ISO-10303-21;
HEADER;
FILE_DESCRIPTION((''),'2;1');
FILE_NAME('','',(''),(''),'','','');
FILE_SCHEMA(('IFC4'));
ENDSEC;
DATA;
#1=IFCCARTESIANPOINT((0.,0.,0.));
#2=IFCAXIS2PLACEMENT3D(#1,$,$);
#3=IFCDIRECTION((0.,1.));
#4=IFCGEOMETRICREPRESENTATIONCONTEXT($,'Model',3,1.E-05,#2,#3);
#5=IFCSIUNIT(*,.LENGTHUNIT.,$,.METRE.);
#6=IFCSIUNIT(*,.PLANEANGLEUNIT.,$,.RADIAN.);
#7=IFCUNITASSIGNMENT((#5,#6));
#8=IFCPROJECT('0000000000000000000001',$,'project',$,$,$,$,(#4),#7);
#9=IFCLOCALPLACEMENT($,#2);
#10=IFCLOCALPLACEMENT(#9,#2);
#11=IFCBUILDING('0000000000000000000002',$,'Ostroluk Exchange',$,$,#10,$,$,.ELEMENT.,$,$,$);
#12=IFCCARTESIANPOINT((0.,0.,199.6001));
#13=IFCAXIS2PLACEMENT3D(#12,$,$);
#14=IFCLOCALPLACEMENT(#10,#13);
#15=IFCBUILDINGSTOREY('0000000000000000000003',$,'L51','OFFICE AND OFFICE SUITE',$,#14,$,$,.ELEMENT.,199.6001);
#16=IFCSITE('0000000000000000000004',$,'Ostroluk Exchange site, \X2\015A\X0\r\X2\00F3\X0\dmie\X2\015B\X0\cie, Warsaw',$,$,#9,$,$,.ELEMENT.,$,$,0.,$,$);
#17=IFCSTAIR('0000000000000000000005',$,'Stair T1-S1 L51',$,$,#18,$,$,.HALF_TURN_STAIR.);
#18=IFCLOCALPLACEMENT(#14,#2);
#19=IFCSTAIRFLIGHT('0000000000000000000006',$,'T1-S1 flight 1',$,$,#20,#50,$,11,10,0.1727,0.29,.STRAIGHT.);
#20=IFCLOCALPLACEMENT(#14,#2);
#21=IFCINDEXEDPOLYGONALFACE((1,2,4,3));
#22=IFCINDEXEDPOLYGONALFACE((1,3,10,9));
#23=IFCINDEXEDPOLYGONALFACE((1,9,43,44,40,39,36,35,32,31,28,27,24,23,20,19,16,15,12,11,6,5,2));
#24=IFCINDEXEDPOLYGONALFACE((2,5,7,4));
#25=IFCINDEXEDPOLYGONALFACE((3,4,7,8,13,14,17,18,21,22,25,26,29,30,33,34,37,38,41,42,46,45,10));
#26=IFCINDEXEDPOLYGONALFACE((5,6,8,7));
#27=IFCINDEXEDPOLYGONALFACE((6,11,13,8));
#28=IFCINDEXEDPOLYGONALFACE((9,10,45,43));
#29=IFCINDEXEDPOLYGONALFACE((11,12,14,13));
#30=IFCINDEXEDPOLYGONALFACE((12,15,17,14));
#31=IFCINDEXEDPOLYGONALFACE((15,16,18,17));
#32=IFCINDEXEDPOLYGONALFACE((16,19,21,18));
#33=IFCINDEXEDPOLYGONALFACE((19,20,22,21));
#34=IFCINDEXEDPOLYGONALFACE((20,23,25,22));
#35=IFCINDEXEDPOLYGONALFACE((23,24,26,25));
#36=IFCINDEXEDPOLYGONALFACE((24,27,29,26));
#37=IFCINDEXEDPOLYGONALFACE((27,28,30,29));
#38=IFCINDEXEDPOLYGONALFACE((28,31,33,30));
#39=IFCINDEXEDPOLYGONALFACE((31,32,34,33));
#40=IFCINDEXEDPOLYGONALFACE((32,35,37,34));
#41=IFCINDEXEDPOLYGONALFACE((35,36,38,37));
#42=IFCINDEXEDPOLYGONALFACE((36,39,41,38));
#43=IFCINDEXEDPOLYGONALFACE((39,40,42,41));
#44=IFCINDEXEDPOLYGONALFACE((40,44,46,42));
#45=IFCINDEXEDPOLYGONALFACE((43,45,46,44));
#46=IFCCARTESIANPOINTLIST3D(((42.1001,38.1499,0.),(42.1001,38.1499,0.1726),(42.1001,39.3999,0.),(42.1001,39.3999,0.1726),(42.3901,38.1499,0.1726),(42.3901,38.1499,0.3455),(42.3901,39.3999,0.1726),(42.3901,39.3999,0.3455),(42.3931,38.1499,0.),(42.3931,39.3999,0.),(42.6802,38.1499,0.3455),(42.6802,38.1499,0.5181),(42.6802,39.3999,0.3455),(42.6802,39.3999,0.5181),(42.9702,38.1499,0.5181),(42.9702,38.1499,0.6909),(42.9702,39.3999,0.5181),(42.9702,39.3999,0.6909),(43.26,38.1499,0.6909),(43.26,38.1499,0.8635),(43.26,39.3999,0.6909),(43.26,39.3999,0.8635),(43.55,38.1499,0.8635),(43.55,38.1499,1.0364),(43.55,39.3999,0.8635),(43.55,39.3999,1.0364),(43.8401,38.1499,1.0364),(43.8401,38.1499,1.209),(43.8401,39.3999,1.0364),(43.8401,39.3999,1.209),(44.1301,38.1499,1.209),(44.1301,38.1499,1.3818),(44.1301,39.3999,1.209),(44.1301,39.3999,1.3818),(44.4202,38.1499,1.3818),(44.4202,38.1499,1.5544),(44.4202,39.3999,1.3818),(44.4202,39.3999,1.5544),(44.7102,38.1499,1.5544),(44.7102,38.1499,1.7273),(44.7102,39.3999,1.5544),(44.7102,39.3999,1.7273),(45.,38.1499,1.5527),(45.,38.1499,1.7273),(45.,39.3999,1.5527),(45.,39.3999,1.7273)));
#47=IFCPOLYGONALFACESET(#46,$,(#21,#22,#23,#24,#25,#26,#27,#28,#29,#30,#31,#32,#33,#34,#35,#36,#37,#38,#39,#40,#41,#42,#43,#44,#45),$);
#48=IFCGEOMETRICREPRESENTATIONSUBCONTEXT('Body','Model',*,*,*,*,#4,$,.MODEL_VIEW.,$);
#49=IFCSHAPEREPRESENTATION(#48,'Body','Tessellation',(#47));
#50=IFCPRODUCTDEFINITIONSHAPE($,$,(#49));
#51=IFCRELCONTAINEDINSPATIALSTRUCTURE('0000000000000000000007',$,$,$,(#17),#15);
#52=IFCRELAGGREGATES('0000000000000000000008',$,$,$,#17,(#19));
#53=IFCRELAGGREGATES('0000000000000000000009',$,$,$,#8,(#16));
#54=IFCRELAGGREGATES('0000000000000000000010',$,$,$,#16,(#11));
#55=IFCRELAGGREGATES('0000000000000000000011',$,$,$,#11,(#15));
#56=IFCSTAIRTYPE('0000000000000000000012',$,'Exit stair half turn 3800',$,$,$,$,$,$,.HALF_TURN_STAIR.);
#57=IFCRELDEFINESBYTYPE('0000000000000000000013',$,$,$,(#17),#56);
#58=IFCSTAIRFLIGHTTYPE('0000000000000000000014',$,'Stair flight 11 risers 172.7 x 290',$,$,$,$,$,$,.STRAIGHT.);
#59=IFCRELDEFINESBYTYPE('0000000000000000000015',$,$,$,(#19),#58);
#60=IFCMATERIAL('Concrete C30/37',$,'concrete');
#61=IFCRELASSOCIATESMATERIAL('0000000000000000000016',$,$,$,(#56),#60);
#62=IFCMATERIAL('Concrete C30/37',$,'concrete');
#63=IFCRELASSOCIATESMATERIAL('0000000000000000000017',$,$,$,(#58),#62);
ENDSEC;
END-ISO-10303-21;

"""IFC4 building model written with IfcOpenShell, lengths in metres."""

from ifc_helpers import new_model, si_unit, direction, frame, origin, place, context, subcontext, project, spatial, polyline, outline, extrude, material, type_object, element, aggregate, save


model = new_model("IFC4")

# Units and contexts
model_context = context("Model", 3, precision=1e-05, world=origin(), true_north=direction((0.0, 1.0)))
body_context = subcontext(model_context, "Body", "Model", "MODEL_VIEW")
ifc_project = project(units=[si_unit("LENGTHUNIT", "METRE"), si_unit("PLANEANGLEUNIT", "RADIAN")], contexts=[model_context])

# Site, building, storey
site_placement = place(None, origin())
site = spatial("IfcSite", under=ifc_project, at=site_placement, Name="Ostroluk Exchange site, Śródmieście, Warsaw", CompositionType="ELEMENT", RefElevation=0.0)
building_placement = place(site_placement, origin())
building = spatial("IfcBuilding", under=site, at=building_placement, Name="Ostroluk Exchange", CompositionType="ELEMENT")
storey_placement = place(building_placement, frame((0.0, 0.0, 199.6001)))
storey = spatial("IfcBuildingStorey", under=building, at=storey_placement, Name="L51", Description="OFFICE AND OFFICE SUITE", CompositionType="ELEMENT", Elevation=199.6001)

# Stair, stair flight
ifc_material_1 = material(Name="Concrete C30/37", Category="concrete")
stair_type = type_object("IfcStairType", Name="Exit stair half turn 3800", PredefinedType="HALF_TURN_STAIR", material=ifc_material_1)
stair_placement = place(storey_placement, origin())
stair = element("IfcStair", 1, at=stair_placement, inside=storey, type_object=stair_type, Name="Stair T1-S1 L51", PredefinedType="HALF_TURN_STAIR")
ifc_material_2 = material(Name="Concrete C30/37", Category="concrete")
stair_flight_type = type_object("IfcStairFlightType", Name="Stair flight 11 risers 172.7 x 290", PredefinedType="STRAIGHT", material=ifc_material_2)
stair_flight_placement = place(storey_placement, frame((42.1001, 38.7749, 0.0), z_axis=(0.0, 0.0, 1.0), x_axis=(1.0, 0.0, 0.0)))
stair_flight = element("IfcStairFlight", 2, at=stair_flight_placement, type_object=stair_flight_type, Name="T1-S1 flight 1", NumberOfRisers=11, NumberOfTreads=10, PredefinedType="STRAIGHT", RiserHeight=0.1727, TreadLength=0.29, context=body_context, shape_type="SweptSolid", body=[
    extrude(outline(polyline([(0.0, 0.0), (0.0, 0.1726), (0.29, 0.1726), (0.29, 0.3455), (0.5801, 0.3455), (0.5801, 0.5181), (0.8701, 0.5181), (0.8701, 0.6909), (1.1599, 0.6909), (1.1599, 0.8635), (1.45, 0.8635), (1.45, 1.0364), (1.74, 1.0364), (1.74, 1.209), (2.03, 1.209), (2.03, 1.3818), (2.3201, 1.3818), (2.3201, 1.5544), (2.6101, 1.5544), (2.6101, 1.7273), (2.8999, 1.7273), (2.8999, 1.8999), (2.8999, 1.5527), (0.293, 0.0), (0.0, 0.0)])), frame((0.0, 0.625, 0.0), z_axis=(0.0, -1.0, 0.0), x_axis=(1.0, 0.0, 0.0)), (0.0, 0.0, 1.0), 1.25),
])
aggregate(stair, [stair_flight])

save(model, "model.ifc")
